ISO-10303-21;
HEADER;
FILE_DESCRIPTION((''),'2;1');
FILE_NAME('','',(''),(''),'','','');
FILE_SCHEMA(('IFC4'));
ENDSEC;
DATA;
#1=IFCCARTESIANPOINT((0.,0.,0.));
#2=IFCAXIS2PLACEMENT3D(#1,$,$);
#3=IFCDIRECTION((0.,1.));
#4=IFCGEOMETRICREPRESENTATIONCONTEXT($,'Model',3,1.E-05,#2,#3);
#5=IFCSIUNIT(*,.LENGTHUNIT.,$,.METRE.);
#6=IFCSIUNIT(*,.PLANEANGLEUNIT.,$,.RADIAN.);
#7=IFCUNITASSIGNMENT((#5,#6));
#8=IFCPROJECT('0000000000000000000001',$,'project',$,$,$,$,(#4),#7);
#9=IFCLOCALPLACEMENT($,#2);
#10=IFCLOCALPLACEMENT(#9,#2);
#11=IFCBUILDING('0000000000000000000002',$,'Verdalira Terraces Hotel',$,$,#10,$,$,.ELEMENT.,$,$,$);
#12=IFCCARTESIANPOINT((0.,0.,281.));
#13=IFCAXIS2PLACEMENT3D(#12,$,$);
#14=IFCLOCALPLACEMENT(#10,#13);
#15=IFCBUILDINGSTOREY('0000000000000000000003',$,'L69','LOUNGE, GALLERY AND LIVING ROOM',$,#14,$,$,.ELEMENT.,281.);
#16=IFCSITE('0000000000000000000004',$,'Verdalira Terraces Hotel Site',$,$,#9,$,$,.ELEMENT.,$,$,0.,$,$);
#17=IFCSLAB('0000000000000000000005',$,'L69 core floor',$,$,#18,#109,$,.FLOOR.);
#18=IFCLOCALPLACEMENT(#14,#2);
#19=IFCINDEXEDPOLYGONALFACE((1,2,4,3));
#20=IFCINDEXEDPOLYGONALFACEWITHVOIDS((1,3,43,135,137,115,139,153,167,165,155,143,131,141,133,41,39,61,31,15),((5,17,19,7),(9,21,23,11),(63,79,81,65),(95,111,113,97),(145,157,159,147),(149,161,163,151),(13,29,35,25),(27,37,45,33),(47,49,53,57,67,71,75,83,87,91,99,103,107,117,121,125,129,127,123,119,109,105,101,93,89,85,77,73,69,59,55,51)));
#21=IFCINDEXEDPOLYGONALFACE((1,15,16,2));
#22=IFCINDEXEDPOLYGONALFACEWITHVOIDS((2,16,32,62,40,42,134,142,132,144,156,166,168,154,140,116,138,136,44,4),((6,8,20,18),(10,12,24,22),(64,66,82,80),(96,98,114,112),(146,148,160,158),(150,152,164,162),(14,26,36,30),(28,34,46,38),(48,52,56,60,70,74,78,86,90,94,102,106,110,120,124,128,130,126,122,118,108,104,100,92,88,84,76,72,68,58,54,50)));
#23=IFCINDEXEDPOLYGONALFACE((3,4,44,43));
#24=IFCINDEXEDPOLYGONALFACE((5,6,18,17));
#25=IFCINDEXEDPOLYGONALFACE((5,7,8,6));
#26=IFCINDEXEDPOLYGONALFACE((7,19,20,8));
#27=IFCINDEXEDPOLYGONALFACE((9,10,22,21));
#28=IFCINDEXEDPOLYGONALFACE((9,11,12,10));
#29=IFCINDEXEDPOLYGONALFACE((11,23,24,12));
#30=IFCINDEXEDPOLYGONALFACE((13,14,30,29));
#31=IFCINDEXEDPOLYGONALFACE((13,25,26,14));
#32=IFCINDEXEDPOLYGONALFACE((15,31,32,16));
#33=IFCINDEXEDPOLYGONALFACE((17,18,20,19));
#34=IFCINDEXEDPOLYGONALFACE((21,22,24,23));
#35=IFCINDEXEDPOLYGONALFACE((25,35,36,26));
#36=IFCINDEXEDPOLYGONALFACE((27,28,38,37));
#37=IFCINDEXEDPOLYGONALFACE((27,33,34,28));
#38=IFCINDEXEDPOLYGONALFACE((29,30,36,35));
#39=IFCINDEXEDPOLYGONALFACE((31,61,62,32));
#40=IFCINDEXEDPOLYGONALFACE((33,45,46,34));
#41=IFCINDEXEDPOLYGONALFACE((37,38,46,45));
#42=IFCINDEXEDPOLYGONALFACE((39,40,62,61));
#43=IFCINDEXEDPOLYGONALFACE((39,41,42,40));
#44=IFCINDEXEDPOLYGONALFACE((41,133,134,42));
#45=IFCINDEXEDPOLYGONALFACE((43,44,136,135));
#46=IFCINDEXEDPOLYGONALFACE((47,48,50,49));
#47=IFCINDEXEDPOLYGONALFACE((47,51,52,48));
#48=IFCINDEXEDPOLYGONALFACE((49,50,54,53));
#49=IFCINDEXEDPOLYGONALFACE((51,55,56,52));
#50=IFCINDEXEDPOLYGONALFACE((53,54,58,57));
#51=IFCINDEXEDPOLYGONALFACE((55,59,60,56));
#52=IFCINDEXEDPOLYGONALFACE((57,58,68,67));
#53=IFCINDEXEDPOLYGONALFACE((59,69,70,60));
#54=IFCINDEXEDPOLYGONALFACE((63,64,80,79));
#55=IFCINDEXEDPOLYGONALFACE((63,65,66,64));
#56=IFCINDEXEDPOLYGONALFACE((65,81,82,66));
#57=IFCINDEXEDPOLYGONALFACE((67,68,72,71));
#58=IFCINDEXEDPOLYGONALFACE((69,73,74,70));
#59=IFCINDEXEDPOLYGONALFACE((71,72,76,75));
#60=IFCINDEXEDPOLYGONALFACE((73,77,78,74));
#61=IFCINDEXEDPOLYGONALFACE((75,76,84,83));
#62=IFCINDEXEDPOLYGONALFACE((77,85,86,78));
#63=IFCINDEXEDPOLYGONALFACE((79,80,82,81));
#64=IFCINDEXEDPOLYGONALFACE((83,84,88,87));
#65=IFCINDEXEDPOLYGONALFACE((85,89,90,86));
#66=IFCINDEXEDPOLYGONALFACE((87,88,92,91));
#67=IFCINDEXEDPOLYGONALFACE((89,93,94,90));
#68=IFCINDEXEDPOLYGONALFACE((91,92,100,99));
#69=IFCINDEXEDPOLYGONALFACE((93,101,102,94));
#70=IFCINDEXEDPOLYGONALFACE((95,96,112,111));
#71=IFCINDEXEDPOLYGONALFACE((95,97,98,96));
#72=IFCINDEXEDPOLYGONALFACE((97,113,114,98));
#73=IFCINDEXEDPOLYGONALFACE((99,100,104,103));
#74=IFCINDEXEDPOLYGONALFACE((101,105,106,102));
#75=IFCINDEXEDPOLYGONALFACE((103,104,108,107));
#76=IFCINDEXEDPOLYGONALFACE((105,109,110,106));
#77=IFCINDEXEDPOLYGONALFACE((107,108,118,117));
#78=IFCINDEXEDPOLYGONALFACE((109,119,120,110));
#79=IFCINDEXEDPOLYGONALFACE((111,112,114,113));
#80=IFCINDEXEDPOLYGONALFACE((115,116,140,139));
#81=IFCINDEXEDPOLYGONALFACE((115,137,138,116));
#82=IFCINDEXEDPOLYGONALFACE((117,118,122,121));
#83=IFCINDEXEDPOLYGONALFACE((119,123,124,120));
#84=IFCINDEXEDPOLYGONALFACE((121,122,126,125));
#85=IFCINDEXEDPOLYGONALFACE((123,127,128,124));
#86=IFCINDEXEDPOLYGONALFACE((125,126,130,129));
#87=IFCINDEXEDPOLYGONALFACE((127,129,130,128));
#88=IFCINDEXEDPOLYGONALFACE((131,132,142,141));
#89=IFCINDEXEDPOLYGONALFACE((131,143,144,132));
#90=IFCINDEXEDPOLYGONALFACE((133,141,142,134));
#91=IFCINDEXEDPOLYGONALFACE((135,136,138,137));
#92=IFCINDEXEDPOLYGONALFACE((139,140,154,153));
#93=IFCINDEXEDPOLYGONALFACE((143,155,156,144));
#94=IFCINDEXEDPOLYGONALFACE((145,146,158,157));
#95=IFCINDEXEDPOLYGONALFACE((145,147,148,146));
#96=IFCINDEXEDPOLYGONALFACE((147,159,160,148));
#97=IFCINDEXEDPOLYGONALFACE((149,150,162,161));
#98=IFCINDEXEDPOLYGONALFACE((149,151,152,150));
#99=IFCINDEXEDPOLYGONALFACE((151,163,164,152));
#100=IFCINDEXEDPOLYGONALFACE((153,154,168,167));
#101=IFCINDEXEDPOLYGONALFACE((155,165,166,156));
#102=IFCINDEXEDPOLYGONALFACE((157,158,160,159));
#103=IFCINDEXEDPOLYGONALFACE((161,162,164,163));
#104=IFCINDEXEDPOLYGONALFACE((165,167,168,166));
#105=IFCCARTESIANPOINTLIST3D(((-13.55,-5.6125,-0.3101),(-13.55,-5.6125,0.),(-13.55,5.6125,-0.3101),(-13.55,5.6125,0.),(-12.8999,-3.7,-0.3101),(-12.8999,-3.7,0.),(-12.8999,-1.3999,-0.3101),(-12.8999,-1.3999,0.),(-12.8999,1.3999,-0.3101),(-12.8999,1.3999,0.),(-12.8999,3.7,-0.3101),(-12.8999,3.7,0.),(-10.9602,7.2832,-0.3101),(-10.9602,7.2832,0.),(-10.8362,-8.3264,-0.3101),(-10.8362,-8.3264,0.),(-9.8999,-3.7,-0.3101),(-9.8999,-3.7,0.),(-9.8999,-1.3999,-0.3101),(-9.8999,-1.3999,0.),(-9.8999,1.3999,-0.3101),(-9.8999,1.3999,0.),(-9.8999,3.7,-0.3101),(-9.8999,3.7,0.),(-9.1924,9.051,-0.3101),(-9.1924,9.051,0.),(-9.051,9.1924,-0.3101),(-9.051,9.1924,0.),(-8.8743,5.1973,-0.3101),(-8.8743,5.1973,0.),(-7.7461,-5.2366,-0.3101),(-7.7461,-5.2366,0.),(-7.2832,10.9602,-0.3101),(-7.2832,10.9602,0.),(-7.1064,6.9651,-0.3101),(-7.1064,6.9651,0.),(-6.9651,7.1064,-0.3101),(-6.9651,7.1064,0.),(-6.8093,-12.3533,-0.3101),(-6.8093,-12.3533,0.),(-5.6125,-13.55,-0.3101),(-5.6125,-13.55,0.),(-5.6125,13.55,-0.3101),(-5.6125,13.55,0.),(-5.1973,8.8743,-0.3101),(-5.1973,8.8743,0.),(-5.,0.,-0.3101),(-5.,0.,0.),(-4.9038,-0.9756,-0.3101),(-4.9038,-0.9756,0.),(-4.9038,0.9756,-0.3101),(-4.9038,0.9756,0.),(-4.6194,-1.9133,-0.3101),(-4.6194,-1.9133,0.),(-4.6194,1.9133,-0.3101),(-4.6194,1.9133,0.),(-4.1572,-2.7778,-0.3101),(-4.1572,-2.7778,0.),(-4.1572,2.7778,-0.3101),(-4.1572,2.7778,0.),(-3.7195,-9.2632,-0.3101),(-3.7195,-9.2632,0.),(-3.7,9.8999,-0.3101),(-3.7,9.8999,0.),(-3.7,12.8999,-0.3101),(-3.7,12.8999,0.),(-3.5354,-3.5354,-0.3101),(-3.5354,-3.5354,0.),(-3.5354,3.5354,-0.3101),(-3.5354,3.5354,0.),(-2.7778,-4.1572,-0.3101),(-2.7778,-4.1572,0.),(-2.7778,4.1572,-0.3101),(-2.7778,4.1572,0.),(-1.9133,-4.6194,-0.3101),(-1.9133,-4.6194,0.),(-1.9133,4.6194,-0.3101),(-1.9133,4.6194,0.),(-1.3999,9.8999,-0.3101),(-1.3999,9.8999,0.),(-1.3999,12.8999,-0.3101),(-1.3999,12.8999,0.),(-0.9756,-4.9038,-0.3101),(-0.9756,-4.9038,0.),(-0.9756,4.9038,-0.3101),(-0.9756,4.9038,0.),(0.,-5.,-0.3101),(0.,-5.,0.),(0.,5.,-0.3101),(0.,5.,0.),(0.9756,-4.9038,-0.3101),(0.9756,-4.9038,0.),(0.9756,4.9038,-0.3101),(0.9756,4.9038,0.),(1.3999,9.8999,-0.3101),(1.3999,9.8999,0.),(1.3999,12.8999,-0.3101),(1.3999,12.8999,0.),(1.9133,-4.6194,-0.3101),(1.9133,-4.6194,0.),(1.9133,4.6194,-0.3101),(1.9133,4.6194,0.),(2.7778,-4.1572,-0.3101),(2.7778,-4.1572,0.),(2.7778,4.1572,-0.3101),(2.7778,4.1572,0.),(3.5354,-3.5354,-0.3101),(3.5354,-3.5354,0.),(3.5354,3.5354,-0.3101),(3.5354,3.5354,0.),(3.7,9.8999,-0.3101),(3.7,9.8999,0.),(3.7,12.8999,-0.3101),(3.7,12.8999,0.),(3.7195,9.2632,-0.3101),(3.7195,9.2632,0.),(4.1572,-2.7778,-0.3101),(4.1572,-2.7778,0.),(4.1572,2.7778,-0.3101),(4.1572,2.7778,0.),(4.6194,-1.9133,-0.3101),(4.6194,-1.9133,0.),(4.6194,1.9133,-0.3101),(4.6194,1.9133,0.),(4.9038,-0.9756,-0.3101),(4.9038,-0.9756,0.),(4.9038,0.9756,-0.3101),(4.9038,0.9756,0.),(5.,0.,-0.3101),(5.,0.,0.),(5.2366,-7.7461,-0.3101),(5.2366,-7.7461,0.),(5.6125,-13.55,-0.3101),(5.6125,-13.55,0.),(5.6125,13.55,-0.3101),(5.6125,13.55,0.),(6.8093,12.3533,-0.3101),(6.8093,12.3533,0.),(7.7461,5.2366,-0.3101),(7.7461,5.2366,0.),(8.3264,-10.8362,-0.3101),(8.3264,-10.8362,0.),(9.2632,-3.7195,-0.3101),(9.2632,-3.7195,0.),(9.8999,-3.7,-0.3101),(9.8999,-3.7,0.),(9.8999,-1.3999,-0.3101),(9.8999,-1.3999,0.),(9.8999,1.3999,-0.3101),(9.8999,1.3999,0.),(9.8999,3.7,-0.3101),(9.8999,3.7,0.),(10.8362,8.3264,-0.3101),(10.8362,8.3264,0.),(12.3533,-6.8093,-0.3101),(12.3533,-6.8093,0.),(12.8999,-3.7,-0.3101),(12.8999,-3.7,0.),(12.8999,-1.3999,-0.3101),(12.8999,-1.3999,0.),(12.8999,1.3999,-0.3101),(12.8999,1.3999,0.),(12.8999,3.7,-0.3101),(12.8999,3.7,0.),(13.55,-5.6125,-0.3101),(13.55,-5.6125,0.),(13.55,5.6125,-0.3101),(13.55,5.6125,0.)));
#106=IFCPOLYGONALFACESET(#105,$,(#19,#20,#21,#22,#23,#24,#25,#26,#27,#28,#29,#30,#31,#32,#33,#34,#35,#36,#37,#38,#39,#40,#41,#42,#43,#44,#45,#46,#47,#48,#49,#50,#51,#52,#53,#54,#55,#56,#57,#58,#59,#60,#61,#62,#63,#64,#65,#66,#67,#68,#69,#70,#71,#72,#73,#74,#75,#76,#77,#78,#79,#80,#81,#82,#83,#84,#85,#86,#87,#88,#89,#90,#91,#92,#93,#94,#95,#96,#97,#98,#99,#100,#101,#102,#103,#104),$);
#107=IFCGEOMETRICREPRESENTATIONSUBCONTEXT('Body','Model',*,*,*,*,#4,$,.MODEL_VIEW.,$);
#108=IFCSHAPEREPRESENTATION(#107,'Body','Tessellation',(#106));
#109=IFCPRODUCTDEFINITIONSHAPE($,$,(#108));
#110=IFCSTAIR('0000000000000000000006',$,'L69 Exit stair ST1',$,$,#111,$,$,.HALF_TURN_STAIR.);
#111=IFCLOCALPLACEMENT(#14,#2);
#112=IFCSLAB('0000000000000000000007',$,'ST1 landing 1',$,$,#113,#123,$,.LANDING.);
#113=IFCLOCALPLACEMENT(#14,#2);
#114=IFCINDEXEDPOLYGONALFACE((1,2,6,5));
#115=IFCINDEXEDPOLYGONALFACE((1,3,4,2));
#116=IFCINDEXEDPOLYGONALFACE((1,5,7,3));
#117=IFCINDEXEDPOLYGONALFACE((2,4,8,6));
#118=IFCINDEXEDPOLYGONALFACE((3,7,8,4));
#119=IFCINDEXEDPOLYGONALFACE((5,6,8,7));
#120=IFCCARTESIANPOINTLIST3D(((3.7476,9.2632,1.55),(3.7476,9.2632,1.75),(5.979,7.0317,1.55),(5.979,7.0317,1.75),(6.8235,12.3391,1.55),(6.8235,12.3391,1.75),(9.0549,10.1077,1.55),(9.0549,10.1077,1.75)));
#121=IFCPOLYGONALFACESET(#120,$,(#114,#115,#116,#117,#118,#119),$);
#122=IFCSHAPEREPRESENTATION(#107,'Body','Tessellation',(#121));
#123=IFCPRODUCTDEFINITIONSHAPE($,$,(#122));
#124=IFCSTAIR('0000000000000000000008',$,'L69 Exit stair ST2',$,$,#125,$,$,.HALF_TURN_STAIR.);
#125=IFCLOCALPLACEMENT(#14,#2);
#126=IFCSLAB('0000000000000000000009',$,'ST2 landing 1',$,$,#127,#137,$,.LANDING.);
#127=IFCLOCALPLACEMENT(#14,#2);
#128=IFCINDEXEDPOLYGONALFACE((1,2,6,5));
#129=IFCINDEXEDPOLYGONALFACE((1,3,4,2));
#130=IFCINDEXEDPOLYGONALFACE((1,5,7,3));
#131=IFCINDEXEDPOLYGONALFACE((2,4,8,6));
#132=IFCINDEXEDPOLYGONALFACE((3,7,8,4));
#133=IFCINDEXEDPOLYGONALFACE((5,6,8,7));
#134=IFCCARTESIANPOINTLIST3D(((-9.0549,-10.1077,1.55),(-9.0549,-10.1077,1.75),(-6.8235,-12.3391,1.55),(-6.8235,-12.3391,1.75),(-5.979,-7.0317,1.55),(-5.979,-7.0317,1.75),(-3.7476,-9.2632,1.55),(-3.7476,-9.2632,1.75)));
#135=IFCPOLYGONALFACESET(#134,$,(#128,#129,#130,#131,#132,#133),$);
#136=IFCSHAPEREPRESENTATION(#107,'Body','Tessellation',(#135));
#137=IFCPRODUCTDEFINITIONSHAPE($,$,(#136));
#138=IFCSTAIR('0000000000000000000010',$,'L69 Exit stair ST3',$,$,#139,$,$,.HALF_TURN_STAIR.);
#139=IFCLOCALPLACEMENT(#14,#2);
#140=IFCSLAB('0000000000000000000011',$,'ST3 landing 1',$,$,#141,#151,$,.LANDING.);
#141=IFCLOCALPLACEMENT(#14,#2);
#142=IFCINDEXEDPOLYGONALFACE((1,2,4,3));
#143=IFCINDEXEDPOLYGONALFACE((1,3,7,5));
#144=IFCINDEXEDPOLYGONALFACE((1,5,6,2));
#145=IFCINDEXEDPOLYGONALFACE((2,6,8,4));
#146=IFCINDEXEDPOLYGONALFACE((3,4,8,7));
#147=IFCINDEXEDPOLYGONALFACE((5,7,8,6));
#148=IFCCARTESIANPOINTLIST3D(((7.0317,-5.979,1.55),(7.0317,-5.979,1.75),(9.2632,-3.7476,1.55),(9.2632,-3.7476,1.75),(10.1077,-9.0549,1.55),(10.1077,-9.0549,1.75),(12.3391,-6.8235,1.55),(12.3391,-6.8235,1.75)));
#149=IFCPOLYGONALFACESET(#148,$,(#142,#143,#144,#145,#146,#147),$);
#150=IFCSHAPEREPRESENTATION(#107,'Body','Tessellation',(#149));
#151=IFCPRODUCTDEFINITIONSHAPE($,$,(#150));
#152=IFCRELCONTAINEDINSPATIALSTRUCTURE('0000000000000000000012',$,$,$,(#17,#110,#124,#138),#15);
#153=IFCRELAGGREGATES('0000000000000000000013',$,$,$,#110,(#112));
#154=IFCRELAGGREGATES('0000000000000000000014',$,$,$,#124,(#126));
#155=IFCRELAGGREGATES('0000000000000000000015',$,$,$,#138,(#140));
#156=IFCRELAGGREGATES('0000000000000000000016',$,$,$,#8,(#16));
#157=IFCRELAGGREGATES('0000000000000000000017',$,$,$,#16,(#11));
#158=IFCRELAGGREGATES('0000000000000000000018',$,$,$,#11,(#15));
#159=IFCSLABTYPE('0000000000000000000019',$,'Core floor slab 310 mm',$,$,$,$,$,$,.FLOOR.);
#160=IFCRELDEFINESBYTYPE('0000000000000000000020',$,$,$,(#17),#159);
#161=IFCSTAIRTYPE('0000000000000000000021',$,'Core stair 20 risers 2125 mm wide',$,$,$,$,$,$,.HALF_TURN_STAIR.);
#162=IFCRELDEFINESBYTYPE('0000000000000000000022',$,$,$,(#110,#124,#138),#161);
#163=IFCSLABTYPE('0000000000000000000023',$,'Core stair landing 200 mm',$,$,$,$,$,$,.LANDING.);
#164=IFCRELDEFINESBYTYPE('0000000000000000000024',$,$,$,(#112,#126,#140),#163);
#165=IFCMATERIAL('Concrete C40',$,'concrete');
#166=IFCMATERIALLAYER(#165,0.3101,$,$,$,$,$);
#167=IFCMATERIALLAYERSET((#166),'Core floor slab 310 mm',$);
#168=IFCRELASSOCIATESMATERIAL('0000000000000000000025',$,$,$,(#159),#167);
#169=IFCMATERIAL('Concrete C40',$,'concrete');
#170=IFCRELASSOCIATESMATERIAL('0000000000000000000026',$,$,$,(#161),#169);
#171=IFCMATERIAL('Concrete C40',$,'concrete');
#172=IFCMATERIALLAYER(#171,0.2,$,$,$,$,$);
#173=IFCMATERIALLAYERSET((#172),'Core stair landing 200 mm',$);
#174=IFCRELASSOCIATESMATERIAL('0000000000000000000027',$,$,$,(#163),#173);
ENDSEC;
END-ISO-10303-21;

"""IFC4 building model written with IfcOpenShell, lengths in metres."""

from ifc_helpers import new_model, si_unit, direction, frame, origin, place, context, subcontext, project, spatial, polyline, outline, extrude, material, layer, layer_set, type_object, element, aggregate, save


model = new_model("IFC4")

# Units and contexts
model_context = context("Model", 3, precision=1e-05, world=origin(), true_north=direction((0.0, 1.0)))
body_context = subcontext(model_context, "Body", "Model", "MODEL_VIEW")
ifc_project = project(units=[si_unit("LENGTHUNIT", "METRE"), si_unit("PLANEANGLEUNIT", "RADIAN")], contexts=[model_context])

# Site, building, storey
site_placement = place(None, origin())
site = spatial("IfcSite", under=ifc_project, at=site_placement, Name="Verdalira Terraces Hotel Site", CompositionType="ELEMENT", RefElevation=0.0)
building_placement = place(site_placement, origin())
building = spatial("IfcBuilding", under=site, at=building_placement, Name="Verdalira Terraces Hotel", CompositionType="ELEMENT")
storey_placement = place(building_placement, frame((0.0, 0.0, 281.0)))
storey = spatial("IfcBuildingStorey", under=building, at=storey_placement, Name="L69", Description="LOUNGE, GALLERY AND LIVING ROOM", CompositionType="ELEMENT", Elevation=281.0)

# Slab
ifc_material_1 = material(Name="Concrete C40", Category="concrete")
ifc_layer_1 = layer(ifc_material_1, 0.3101)
ifc_layer_set_1 = layer_set([ifc_layer_1], Name="Core floor slab 310 mm")
slab_type_1 = type_object("IfcSlabType", Name="Core floor slab 310 mm", PredefinedType="FLOOR", material=ifc_layer_set_1)
slab_1_placement = place(storey_placement, frame((0.0, 0.0, -0.3101)))
element("IfcSlab", 1, at=slab_1_placement, inside=storey, type_object=slab_type_1, Name="L69 core floor", PredefinedType="FLOOR", context=body_context, shape_type="SweptSolid", body=[
    extrude(outline(polyline([(-6.8093, -12.3533), (-3.7195, -9.2632), (-7.7461, -5.2366), (-10.8362, -8.3264), (-13.55, -5.6125), (-13.55, 5.6125), (-5.6125, 13.55), (5.6125, 13.55), (6.8093, 12.3533), (3.7195, 9.2632), (7.7461, 5.2366), (10.8362, 8.3264), (13.55, 5.6125), (13.55, -5.6125), (12.3533, -6.8093), (9.2632, -3.7195), (5.2366, -7.7461), (8.3264, -10.8362), (5.6125, -13.55), (-5.6125, -13.55), (-6.8093, -12.3533)]), holes=[polyline([(9.8999, -1.3999), (9.8999, -3.7), (12.8999, -3.7), (12.8999, -1.3999), (9.8999, -1.3999)]), polyline([(9.8999, 3.7), (9.8999, 1.3999), (12.8999, 1.3999), (12.8999, 3.7), (9.8999, 3.7)]), polyline([(3.7, 12.8999), (1.3999, 12.8999), (1.3999, 9.8999), (3.7, 9.8999), (3.7, 12.8999)]), polyline([(-1.3999, 12.8999), (-3.7, 12.8999), (-3.7, 9.8999), (-1.3999, 9.8999), (-1.3999, 12.8999)]), polyline([(-9.8999, 1.3999), (-9.8999, 3.7), (-12.8999, 3.7), (-12.8999, 1.3999), (-9.8999, 1.3999)]), polyline([(-9.8999, -3.7), (-9.8999, -1.3999), (-12.8999, -1.3999), (-12.8999, -3.7), (-9.8999, -3.7)]), polyline([(-9.051, 9.1924), (-6.9651, 7.1064), (-5.1973, 8.8743), (-7.2832, 10.9602), (-9.051, 9.1924)]), polyline([(-9.1924, 9.051), (-10.9602, 7.2832), (-8.8743, 5.1973), (-7.1064, 6.9651), (-9.1924, 9.051)]), polyline([(3.5354, 3.5354), (2.7778, 4.1572), (1.9133, 4.6194), (0.9756, 4.9038), (0.0, 5.0), (-0.9756, 4.9038), (-1.9133, 4.6194), (-2.7778, 4.1572), (-3.5354, 3.5354), (-4.1572, 2.7778), (-4.6194, 1.9133), (-4.9038, 0.9756), (-5.0, 0.0), (-4.9038, -0.9756), (-4.6194, -1.9133), (-4.1572, -2.7778), (-3.5354, -3.5354), (-2.7778, -4.1572), (-1.9133, -4.6194), (-0.9756, -4.9038), (0.0, -5.0), (0.9756, -4.9038), (1.9133, -4.6194), (2.7778, -4.1572), (3.5354, -3.5354), (4.1572, -2.7778), (4.6194, -1.9133), (4.9038, -0.9756), (5.0, 0.0), (4.9038, 0.9756), (4.6194, 1.9133), (4.1572, 2.7778), (3.5354, 3.5354)])]), origin(), (0.0, 0.0, 1.0), 0.3101),
])

# Stairs, slabs
ifc_material_2 = material(Name="Concrete C40", Category="concrete")
stair_type = type_object("IfcStairType", Name="Core stair 20 risers 2125 mm wide", PredefinedType="HALF_TURN_STAIR", material=ifc_material_2)
stair_1_placement = place(storey_placement, origin())
stair_1 = element("IfcStair", 2, at=stair_1_placement, inside=storey, type_object=stair_type, Name="L69 Exit stair ST1", PredefinedType="HALF_TURN_STAIR")
ifc_material_3 = material(Name="Concrete C40", Category="concrete")
ifc_layer_2 = layer(ifc_material_3, 0.2)
ifc_layer_set_2 = layer_set([ifc_layer_2], Name="Core stair landing 200 mm")
slab_type_2 = type_object("IfcSlabType", Name="Core stair landing 200 mm", PredefinedType="LANDING", material=ifc_layer_set_2)
slab_2_placement = place(storey_placement, frame((0.0, 0.0, 1.55)))
slab_2 = element("IfcSlab", 3, at=slab_2_placement, type_object=slab_type_2, Name="ST1 landing 1", PredefinedType="LANDING", context=body_context, shape_type="SweptSolid", body=[
    extrude(outline(polyline([(9.0549, 10.1077), (6.8235, 12.3391), (3.7476, 9.2632), (5.979, 7.0317), (9.0549, 10.1077)])), origin(), (0.0, 0.0, 1.0), 0.2),
])
aggregate(stair_1, [slab_2])
stair_2_placement = place(storey_placement, origin())
stair_2 = element("IfcStair", 4, at=stair_2_placement, inside=storey, type_object=stair_type, Name="L69 Exit stair ST2", PredefinedType="HALF_TURN_STAIR")
slab_3_placement = place(storey_placement, frame((0.0, 0.0, 1.55)))
slab_3 = element("IfcSlab", 5, at=slab_3_placement, type_object=slab_type_2, Name="ST2 landing 1", PredefinedType="LANDING", context=body_context, shape_type="SweptSolid", body=[
    extrude(outline(polyline([(-9.0549, -10.1077), (-6.8235, -12.3391), (-3.7476, -9.2632), (-5.979, -7.0317), (-9.0549, -10.1077)])), origin(), (0.0, 0.0, 1.0), 0.2),
])
aggregate(stair_2, [slab_3])
stair_3_placement = place(storey_placement, origin())
stair_3 = element("IfcStair", 6, at=stair_3_placement, inside=storey, type_object=stair_type, Name="L69 Exit stair ST3", PredefinedType="HALF_TURN_STAIR")
slab_4_placement = place(storey_placement, frame((0.0, 0.0, 1.55)))
slab_4 = element("IfcSlab", 7, at=slab_4_placement, type_object=slab_type_2, Name="ST3 landing 1", PredefinedType="LANDING", context=body_context, shape_type="SweptSolid", body=[
    extrude(outline(polyline([(10.1077, -9.0549), (12.3391, -6.8235), (9.2632, -3.7476), (7.0317, -5.979), (10.1077, -9.0549)])), origin(), (0.0, 0.0, 1.0), 0.2),
])
aggregate(stair_3, [slab_4])

save(model, "model.ifc")
